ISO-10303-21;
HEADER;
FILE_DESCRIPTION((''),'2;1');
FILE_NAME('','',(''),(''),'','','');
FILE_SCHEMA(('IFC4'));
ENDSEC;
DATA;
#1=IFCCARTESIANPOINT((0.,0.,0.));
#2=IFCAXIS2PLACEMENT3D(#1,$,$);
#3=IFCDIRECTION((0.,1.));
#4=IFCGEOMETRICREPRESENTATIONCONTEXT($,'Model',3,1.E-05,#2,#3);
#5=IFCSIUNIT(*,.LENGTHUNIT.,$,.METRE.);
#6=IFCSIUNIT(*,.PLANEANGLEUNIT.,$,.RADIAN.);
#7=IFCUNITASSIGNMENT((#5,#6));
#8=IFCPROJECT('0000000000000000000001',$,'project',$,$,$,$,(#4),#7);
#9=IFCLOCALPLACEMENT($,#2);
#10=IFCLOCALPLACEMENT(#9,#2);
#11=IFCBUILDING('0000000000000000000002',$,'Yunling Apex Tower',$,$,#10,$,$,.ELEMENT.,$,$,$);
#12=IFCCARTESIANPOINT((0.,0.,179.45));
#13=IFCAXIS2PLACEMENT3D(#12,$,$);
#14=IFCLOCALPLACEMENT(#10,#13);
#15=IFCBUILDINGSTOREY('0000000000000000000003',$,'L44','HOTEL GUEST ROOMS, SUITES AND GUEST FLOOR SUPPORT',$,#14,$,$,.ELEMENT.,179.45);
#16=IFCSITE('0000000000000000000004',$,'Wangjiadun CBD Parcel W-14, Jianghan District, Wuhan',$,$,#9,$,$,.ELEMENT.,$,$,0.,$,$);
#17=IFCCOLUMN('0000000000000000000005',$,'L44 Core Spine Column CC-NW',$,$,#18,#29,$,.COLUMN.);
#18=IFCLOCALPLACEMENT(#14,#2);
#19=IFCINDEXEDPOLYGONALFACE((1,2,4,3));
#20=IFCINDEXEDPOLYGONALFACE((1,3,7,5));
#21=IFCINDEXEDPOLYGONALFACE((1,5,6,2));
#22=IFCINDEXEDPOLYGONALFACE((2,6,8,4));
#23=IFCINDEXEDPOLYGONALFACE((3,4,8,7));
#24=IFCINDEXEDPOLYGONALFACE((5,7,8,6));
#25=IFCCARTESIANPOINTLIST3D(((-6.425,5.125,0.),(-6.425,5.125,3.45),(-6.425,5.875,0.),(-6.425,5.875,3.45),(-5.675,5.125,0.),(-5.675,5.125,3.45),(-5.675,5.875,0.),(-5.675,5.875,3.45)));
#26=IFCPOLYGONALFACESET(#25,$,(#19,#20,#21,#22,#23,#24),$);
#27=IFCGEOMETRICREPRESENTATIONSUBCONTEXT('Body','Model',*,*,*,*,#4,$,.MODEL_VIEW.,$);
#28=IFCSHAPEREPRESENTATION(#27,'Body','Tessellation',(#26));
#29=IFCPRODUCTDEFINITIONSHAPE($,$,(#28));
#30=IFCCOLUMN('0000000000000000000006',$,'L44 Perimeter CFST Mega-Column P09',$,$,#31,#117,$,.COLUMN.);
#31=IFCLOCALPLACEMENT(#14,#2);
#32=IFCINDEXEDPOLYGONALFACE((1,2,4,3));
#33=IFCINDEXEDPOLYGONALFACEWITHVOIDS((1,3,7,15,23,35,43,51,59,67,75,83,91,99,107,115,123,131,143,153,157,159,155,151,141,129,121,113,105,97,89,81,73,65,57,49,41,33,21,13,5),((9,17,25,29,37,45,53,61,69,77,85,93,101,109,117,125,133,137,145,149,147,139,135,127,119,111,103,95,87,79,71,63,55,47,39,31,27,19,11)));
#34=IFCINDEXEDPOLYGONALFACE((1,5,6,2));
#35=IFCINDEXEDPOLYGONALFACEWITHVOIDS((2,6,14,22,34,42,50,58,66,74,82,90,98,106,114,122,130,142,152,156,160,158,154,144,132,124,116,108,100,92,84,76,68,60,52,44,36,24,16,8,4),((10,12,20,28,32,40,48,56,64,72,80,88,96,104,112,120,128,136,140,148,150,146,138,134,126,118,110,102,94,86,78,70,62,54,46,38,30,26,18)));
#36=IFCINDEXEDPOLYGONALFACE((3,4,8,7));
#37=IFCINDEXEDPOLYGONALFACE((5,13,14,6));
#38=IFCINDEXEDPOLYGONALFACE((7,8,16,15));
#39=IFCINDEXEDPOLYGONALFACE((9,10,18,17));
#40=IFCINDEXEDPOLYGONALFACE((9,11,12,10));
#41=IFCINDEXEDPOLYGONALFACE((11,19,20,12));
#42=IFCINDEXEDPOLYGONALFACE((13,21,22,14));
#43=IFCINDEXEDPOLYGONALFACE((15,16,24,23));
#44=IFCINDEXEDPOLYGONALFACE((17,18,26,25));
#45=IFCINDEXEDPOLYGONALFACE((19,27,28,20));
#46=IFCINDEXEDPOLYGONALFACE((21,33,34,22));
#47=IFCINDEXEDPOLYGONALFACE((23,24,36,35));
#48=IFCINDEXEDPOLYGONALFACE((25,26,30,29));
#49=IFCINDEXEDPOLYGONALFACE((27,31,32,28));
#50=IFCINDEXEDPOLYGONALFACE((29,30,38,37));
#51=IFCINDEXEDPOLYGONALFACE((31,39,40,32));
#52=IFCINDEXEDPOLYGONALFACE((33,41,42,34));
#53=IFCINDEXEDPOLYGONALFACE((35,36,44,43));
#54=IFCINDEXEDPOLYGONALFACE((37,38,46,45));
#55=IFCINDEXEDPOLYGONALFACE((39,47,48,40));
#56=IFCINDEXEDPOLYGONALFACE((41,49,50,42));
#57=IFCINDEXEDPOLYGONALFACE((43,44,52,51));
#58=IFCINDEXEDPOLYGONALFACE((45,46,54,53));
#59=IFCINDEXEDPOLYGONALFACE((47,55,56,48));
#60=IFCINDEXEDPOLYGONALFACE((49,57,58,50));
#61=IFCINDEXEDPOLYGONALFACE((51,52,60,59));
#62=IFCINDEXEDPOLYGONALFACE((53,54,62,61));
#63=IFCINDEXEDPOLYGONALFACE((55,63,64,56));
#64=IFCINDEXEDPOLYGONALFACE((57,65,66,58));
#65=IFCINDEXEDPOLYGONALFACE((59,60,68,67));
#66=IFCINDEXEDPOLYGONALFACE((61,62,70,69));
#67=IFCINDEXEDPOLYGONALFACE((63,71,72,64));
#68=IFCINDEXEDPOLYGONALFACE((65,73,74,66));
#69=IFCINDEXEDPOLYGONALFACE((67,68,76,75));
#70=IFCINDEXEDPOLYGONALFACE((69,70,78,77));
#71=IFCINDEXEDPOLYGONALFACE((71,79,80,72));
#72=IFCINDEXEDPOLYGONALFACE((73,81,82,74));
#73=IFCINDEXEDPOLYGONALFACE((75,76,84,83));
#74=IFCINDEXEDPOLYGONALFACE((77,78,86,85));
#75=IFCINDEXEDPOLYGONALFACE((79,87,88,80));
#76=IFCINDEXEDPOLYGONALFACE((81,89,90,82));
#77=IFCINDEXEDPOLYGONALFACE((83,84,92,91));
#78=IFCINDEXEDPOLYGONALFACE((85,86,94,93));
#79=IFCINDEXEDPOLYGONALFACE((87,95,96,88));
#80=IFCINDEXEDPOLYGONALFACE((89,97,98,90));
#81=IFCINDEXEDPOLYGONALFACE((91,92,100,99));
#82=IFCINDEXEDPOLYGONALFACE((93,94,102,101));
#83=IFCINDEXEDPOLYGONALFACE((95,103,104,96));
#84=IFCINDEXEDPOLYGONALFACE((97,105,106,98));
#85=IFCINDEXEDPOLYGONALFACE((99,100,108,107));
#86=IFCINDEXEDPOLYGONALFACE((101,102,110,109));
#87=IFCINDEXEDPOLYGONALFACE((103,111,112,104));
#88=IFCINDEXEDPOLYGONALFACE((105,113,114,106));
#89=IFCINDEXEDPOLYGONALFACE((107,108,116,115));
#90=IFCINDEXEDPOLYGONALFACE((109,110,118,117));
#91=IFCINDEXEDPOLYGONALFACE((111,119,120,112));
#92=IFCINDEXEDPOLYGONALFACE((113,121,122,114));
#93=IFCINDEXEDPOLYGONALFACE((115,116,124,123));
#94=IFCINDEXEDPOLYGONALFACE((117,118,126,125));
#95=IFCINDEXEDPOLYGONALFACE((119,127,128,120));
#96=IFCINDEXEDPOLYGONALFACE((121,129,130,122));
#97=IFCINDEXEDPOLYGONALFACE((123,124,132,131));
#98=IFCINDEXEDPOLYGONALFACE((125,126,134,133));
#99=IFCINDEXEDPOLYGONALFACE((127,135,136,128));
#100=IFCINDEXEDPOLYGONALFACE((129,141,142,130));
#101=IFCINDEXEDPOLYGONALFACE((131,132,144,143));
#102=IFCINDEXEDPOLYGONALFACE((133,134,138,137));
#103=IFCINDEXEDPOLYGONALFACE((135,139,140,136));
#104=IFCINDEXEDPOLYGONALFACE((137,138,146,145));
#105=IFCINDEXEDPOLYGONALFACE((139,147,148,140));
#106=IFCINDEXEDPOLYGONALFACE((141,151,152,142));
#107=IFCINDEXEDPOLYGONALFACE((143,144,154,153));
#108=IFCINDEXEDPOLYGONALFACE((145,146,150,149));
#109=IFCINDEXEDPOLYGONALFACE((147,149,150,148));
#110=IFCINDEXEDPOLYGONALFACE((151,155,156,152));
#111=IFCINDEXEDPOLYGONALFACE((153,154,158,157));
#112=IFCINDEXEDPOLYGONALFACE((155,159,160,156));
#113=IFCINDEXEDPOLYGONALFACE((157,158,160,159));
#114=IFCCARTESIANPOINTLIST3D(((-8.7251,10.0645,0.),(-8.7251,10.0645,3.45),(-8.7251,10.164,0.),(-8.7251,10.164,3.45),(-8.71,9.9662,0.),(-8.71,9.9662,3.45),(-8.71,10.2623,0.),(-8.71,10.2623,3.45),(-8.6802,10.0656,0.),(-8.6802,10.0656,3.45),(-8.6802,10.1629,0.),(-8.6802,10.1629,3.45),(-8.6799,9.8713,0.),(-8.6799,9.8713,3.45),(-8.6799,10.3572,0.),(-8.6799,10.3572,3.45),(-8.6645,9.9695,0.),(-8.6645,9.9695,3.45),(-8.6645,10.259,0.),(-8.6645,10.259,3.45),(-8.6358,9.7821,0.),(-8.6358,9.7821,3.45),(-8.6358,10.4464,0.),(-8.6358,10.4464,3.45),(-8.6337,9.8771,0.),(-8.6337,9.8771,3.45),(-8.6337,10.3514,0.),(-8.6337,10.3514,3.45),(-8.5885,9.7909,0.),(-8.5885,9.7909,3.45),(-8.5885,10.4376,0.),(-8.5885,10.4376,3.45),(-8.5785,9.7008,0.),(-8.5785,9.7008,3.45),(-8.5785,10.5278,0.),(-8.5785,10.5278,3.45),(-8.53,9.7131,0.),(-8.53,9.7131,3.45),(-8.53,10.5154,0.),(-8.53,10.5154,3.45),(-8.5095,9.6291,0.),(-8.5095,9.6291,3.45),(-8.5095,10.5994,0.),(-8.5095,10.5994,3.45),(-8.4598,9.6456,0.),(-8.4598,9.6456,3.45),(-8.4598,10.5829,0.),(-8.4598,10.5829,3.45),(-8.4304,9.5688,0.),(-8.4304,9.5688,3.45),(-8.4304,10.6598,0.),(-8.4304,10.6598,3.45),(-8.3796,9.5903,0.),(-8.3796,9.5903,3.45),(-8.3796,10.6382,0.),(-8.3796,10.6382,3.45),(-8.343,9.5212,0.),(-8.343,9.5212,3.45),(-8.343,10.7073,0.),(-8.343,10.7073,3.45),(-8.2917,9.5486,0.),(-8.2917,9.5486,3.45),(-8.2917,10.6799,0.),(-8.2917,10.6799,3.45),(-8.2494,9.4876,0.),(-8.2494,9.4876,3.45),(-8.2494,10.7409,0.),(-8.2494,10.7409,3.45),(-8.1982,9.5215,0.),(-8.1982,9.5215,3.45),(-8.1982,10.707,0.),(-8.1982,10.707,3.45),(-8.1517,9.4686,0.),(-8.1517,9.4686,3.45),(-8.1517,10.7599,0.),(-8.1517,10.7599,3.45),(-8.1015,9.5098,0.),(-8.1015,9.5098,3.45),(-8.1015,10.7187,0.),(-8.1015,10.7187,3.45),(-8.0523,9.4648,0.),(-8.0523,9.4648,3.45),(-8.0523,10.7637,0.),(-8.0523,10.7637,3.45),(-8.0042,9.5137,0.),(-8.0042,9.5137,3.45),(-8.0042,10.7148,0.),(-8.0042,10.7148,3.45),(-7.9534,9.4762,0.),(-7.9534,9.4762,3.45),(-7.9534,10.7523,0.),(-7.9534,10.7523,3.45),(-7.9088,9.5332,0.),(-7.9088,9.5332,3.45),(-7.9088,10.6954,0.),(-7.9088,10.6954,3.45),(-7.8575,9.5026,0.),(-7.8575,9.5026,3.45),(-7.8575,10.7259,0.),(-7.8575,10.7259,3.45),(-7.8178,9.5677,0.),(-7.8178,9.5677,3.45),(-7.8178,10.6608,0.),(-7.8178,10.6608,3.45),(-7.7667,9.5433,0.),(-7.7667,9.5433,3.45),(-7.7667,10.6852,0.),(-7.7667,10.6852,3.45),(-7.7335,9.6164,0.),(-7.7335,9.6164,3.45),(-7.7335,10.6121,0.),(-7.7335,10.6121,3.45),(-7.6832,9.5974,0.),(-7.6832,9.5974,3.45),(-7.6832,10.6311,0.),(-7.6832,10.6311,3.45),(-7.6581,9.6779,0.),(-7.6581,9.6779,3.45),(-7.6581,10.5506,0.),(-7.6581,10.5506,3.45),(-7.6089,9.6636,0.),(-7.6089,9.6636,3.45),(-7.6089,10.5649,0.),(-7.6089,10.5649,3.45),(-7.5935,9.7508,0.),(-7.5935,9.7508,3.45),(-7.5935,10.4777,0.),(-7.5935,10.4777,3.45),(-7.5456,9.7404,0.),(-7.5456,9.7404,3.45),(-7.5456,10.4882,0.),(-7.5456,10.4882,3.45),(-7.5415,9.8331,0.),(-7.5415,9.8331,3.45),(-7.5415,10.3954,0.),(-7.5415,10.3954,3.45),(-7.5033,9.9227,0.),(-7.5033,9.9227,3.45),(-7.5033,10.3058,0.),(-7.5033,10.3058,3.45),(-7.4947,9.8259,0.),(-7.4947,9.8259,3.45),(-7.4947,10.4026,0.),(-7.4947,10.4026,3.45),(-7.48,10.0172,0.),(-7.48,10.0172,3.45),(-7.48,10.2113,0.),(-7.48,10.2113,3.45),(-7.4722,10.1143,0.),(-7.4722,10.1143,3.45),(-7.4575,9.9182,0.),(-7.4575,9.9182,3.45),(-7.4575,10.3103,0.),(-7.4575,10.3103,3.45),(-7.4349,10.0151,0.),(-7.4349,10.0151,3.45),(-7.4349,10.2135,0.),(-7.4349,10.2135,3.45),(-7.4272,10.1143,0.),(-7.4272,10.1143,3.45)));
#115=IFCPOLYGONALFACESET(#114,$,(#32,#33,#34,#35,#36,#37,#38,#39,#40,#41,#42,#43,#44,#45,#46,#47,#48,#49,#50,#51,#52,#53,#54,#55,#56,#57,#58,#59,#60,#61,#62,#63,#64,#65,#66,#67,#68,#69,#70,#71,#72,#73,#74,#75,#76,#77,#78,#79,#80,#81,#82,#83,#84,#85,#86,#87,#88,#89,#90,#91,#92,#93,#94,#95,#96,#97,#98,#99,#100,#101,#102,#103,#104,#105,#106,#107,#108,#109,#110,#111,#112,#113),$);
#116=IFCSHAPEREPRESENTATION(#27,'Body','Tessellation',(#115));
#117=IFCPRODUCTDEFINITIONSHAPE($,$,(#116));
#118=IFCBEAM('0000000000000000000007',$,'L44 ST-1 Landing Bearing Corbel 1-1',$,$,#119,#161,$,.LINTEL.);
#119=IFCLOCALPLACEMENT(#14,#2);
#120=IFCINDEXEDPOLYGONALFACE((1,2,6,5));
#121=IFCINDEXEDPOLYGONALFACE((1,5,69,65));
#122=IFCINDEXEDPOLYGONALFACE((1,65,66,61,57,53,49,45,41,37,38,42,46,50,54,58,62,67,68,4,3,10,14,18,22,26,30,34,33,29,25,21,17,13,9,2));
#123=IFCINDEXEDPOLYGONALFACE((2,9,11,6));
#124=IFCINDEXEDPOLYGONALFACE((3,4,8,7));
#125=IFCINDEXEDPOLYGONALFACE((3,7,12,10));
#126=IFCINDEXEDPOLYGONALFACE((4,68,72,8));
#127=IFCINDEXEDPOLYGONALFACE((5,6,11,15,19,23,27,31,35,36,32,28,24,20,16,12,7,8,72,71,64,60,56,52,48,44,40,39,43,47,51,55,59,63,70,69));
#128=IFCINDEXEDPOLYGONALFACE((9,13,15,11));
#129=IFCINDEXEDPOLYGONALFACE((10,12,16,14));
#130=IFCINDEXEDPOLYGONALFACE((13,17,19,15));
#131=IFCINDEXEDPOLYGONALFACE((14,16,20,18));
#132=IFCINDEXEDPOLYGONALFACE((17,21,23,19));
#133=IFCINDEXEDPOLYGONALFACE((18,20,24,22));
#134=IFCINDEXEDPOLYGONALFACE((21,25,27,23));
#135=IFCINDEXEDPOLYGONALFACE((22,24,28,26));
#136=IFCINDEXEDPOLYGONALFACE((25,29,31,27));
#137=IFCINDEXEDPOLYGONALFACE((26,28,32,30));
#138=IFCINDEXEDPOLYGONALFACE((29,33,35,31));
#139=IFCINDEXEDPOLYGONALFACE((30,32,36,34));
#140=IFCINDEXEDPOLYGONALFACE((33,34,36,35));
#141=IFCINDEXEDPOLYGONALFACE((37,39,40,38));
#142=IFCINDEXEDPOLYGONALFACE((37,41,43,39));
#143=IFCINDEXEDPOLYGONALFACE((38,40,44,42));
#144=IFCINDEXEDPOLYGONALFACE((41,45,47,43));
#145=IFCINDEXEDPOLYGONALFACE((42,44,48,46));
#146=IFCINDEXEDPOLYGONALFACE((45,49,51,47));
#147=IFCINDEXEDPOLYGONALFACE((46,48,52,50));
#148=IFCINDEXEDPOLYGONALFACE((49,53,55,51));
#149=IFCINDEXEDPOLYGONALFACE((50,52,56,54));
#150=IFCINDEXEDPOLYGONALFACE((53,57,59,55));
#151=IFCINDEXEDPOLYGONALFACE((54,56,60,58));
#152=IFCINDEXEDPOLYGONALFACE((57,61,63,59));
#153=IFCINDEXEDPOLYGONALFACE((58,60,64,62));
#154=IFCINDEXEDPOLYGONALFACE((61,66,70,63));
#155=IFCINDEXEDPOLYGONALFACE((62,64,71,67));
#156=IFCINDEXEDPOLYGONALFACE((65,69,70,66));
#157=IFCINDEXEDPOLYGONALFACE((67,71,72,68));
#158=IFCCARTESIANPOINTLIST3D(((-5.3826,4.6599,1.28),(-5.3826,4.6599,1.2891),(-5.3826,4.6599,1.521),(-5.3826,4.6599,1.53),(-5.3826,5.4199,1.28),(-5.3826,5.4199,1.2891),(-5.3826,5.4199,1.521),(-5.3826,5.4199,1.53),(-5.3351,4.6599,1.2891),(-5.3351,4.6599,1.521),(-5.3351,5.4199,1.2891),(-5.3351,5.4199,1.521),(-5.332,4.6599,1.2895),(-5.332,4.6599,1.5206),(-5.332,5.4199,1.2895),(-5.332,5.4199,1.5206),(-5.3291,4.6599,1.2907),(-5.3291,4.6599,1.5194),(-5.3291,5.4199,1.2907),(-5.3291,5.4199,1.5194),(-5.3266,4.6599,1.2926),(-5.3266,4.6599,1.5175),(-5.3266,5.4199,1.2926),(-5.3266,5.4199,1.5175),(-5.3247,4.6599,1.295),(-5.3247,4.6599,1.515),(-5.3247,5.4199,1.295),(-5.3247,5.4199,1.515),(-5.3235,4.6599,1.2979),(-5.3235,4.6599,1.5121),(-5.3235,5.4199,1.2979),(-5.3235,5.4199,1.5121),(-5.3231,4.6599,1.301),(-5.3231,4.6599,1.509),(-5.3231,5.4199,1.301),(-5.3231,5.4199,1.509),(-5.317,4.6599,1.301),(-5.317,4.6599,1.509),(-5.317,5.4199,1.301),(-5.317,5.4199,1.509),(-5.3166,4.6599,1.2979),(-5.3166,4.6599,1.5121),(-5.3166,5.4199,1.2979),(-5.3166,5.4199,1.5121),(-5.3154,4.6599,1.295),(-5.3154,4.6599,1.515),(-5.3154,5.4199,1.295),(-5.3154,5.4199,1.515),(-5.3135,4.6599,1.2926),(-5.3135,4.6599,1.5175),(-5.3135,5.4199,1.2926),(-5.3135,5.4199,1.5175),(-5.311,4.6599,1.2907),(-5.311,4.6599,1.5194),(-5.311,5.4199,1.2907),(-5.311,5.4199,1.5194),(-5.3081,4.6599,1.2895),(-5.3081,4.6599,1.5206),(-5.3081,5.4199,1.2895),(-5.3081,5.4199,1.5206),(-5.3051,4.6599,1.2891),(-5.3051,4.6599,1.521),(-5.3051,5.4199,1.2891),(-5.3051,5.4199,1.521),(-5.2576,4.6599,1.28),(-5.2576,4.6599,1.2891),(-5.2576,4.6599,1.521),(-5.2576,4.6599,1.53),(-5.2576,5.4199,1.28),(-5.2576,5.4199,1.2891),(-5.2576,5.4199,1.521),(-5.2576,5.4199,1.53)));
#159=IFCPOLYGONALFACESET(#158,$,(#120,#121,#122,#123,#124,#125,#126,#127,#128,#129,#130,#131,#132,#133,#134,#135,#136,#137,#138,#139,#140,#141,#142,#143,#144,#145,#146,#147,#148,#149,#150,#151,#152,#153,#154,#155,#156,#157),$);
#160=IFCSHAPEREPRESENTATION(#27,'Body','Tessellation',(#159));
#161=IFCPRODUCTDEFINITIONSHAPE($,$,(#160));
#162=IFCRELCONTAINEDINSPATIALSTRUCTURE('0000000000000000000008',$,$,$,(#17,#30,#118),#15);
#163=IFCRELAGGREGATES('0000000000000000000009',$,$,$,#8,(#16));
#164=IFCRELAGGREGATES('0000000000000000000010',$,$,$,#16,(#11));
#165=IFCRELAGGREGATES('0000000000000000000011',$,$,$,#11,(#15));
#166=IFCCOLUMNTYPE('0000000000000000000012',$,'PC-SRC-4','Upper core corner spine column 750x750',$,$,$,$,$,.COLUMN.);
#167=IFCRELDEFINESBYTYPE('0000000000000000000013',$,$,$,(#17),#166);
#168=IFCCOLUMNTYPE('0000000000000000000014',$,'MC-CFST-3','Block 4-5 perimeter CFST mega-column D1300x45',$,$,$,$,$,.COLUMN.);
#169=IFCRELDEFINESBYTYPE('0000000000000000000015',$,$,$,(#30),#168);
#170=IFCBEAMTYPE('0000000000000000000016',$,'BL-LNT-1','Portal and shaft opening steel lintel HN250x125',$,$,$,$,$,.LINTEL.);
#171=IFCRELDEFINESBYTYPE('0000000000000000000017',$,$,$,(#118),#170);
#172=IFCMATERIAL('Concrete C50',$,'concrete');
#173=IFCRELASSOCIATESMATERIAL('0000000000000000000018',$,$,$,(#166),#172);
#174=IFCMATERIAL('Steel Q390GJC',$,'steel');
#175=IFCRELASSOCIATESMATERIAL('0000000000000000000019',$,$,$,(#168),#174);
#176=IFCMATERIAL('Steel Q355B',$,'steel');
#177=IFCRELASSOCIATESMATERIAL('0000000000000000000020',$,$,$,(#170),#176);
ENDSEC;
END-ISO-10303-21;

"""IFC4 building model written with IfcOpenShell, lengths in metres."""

from ifc_helpers import new_model, si_unit, direction, frame, origin, origin_2d, place, context, subcontext, project, spatial, rectangle, hollow_circle, i_section, extrude, source, transform, mapped, material, material_profile, profile_set, type_object, element, save


model = new_model("IFC4")

# Units and contexts
model_context = context("Model", 3, precision=1e-05, world=origin(), true_north=direction((0.0, 1.0)))
body_context = subcontext(model_context, "Body", "Model", "MODEL_VIEW")
ifc_project = project(units=[si_unit("LENGTHUNIT", "METRE"), si_unit("PLANEANGLEUNIT", "RADIAN")], contexts=[model_context])

# Site, building, storey
site_placement = place(None, origin())
site = spatial("IfcSite", under=ifc_project, at=site_placement, Name="Wangjiadun CBD Parcel W-14, Jianghan District, Wuhan", CompositionType="ELEMENT", RefElevation=0.0)
building_placement = place(site_placement, origin())
building = spatial("IfcBuilding", under=site, at=building_placement, Name="Yunling Apex Tower", CompositionType="ELEMENT")
storey_placement = place(building_placement, frame((0.0, 0.0, 179.45)))
storey = spatial("IfcBuildingStorey", under=building, at=storey_placement, Name="L44", Description="HOTEL GUEST ROOMS, SUITES AND GUEST FLOOR SUPPORT", CompositionType="ELEMENT", Elevation=179.45)

# Columns
ifc_material_1 = material(Name="Concrete C50", Category="concrete")
ifc_material_profile_1 = material_profile(ifc_material_1, rectangle(XDim=0.75, YDim=0.75, at=origin_2d()))
ifc_profile_set_1 = profile_set([ifc_material_profile_1], Name="Concrete C50")
column_type_1 = type_object("IfcColumnType", Name="PC-SRC-4", Description="Upper core corner spine column 750x750", PredefinedType="COLUMN", material=ifc_profile_set_1)
shared_shape_1 = source(origin(), body_context, "Body", "SweptSolid", [
    extrude(rectangle(XDim=0.75, YDim=0.75, at=origin_2d()), origin(), (0.0, 0.0, 1.0), 3.45),
])
column_1_placement = place(storey_placement, frame((-6.05, 5.5, 0.0), z_axis=(0.0, 0.0, 1.0), x_axis=(1.0, 0.0, 0.0)))
element("IfcColumn", 1, at=column_1_placement, inside=storey, type_object=column_type_1, Name="L44 Core Spine Column CC-NW", PredefinedType="COLUMN", context=body_context, shape_type="MappedRepresentation", body=[
    mapped(shared_shape_1, transform((0.0, 0.0, 0.0), scale=1.0)),
])
ifc_material_2 = material(Name="Steel Q390GJC", Category="steel")
ifc_material_profile_2 = material_profile(ifc_material_2, hollow_circle(Radius=0.6499, WallThickness=0.0449, at=origin_2d()))
ifc_profile_set_2 = profile_set([ifc_material_profile_2], Name="Steel Q390GJC")
column_type_2 = type_object("IfcColumnType", Name="MC-CFST-3", Description="Block 4-5 perimeter CFST mega-column D1300x45", PredefinedType="COLUMN", material=ifc_profile_set_2)
shared_shape_2 = source(origin(), body_context, "Body", "SweptSolid", [
    extrude(hollow_circle(Radius=0.6499, WallThickness=0.0449, at=origin_2d()), origin(), (0.0, 0.0, 1.0), 3.45),
])
column_2_placement = place(storey_placement, frame((-8.0771, 10.1143, 0.0), z_axis=(0.0, 0.0, 1.0), x_axis=(1.0, 0.0, 0.0)))
element("IfcColumn", 2, at=column_2_placement, inside=storey, type_object=column_type_2, Name="L44 Perimeter CFST Mega-Column P09", PredefinedType="COLUMN", context=body_context, shape_type="MappedRepresentation", body=[
    mapped(shared_shape_2, transform((0.0, 0.0, 0.0), scale=1.0)),
])

# Beam
ifc_material_3 = material(Name="Steel Q355B", Category="steel")
ifc_material_profile_3 = material_profile(ifc_material_3, i_section(OverallWidth=0.125, OverallDepth=0.25, WebThickness=0.0061, FlangeThickness=0.009, FilletRadius=0.012, at=origin_2d()))
ifc_profile_set_3 = profile_set([ifc_material_profile_3], Name="Steel Q355B")
beam_type_1 = type_object("IfcBeamType", Name="BL-LNT-1", Description="Portal and shaft opening steel lintel HN250x125", PredefinedType="LINTEL", material=ifc_profile_set_3)
shared_shape_3 = source(origin(), body_context, "Body", "SweptSolid", [
    extrude(i_section(OverallWidth=0.125, OverallDepth=0.25, WebThickness=0.0061, FlangeThickness=0.009, FilletRadius=0.012, at=origin_2d()), origin(), (0.0, 0.0, 1.0), 0.76),
])
for number, where, z_axis, x_axis, name in (
    (3, (-5.3201, 5.4199, 1.405), (0.0, -1.0, 0.0), (1.0, 0.0, 0.0), "L44 ST-1 Landing Bearing Corbel 1-1"),
):
    element("IfcBeam", number, at=place(storey_placement, frame(where, z_axis=z_axis, x_axis=x_axis)), inside=storey, type_object=beam_type_1, Name=name, PredefinedType="LINTEL", context=body_context, shape_type="MappedRepresentation", body=[
        mapped(shared_shape_3, transform((0.0, 0.0, 0.0), scale=1.0)),
    ])

save(model, "model.ifc")
